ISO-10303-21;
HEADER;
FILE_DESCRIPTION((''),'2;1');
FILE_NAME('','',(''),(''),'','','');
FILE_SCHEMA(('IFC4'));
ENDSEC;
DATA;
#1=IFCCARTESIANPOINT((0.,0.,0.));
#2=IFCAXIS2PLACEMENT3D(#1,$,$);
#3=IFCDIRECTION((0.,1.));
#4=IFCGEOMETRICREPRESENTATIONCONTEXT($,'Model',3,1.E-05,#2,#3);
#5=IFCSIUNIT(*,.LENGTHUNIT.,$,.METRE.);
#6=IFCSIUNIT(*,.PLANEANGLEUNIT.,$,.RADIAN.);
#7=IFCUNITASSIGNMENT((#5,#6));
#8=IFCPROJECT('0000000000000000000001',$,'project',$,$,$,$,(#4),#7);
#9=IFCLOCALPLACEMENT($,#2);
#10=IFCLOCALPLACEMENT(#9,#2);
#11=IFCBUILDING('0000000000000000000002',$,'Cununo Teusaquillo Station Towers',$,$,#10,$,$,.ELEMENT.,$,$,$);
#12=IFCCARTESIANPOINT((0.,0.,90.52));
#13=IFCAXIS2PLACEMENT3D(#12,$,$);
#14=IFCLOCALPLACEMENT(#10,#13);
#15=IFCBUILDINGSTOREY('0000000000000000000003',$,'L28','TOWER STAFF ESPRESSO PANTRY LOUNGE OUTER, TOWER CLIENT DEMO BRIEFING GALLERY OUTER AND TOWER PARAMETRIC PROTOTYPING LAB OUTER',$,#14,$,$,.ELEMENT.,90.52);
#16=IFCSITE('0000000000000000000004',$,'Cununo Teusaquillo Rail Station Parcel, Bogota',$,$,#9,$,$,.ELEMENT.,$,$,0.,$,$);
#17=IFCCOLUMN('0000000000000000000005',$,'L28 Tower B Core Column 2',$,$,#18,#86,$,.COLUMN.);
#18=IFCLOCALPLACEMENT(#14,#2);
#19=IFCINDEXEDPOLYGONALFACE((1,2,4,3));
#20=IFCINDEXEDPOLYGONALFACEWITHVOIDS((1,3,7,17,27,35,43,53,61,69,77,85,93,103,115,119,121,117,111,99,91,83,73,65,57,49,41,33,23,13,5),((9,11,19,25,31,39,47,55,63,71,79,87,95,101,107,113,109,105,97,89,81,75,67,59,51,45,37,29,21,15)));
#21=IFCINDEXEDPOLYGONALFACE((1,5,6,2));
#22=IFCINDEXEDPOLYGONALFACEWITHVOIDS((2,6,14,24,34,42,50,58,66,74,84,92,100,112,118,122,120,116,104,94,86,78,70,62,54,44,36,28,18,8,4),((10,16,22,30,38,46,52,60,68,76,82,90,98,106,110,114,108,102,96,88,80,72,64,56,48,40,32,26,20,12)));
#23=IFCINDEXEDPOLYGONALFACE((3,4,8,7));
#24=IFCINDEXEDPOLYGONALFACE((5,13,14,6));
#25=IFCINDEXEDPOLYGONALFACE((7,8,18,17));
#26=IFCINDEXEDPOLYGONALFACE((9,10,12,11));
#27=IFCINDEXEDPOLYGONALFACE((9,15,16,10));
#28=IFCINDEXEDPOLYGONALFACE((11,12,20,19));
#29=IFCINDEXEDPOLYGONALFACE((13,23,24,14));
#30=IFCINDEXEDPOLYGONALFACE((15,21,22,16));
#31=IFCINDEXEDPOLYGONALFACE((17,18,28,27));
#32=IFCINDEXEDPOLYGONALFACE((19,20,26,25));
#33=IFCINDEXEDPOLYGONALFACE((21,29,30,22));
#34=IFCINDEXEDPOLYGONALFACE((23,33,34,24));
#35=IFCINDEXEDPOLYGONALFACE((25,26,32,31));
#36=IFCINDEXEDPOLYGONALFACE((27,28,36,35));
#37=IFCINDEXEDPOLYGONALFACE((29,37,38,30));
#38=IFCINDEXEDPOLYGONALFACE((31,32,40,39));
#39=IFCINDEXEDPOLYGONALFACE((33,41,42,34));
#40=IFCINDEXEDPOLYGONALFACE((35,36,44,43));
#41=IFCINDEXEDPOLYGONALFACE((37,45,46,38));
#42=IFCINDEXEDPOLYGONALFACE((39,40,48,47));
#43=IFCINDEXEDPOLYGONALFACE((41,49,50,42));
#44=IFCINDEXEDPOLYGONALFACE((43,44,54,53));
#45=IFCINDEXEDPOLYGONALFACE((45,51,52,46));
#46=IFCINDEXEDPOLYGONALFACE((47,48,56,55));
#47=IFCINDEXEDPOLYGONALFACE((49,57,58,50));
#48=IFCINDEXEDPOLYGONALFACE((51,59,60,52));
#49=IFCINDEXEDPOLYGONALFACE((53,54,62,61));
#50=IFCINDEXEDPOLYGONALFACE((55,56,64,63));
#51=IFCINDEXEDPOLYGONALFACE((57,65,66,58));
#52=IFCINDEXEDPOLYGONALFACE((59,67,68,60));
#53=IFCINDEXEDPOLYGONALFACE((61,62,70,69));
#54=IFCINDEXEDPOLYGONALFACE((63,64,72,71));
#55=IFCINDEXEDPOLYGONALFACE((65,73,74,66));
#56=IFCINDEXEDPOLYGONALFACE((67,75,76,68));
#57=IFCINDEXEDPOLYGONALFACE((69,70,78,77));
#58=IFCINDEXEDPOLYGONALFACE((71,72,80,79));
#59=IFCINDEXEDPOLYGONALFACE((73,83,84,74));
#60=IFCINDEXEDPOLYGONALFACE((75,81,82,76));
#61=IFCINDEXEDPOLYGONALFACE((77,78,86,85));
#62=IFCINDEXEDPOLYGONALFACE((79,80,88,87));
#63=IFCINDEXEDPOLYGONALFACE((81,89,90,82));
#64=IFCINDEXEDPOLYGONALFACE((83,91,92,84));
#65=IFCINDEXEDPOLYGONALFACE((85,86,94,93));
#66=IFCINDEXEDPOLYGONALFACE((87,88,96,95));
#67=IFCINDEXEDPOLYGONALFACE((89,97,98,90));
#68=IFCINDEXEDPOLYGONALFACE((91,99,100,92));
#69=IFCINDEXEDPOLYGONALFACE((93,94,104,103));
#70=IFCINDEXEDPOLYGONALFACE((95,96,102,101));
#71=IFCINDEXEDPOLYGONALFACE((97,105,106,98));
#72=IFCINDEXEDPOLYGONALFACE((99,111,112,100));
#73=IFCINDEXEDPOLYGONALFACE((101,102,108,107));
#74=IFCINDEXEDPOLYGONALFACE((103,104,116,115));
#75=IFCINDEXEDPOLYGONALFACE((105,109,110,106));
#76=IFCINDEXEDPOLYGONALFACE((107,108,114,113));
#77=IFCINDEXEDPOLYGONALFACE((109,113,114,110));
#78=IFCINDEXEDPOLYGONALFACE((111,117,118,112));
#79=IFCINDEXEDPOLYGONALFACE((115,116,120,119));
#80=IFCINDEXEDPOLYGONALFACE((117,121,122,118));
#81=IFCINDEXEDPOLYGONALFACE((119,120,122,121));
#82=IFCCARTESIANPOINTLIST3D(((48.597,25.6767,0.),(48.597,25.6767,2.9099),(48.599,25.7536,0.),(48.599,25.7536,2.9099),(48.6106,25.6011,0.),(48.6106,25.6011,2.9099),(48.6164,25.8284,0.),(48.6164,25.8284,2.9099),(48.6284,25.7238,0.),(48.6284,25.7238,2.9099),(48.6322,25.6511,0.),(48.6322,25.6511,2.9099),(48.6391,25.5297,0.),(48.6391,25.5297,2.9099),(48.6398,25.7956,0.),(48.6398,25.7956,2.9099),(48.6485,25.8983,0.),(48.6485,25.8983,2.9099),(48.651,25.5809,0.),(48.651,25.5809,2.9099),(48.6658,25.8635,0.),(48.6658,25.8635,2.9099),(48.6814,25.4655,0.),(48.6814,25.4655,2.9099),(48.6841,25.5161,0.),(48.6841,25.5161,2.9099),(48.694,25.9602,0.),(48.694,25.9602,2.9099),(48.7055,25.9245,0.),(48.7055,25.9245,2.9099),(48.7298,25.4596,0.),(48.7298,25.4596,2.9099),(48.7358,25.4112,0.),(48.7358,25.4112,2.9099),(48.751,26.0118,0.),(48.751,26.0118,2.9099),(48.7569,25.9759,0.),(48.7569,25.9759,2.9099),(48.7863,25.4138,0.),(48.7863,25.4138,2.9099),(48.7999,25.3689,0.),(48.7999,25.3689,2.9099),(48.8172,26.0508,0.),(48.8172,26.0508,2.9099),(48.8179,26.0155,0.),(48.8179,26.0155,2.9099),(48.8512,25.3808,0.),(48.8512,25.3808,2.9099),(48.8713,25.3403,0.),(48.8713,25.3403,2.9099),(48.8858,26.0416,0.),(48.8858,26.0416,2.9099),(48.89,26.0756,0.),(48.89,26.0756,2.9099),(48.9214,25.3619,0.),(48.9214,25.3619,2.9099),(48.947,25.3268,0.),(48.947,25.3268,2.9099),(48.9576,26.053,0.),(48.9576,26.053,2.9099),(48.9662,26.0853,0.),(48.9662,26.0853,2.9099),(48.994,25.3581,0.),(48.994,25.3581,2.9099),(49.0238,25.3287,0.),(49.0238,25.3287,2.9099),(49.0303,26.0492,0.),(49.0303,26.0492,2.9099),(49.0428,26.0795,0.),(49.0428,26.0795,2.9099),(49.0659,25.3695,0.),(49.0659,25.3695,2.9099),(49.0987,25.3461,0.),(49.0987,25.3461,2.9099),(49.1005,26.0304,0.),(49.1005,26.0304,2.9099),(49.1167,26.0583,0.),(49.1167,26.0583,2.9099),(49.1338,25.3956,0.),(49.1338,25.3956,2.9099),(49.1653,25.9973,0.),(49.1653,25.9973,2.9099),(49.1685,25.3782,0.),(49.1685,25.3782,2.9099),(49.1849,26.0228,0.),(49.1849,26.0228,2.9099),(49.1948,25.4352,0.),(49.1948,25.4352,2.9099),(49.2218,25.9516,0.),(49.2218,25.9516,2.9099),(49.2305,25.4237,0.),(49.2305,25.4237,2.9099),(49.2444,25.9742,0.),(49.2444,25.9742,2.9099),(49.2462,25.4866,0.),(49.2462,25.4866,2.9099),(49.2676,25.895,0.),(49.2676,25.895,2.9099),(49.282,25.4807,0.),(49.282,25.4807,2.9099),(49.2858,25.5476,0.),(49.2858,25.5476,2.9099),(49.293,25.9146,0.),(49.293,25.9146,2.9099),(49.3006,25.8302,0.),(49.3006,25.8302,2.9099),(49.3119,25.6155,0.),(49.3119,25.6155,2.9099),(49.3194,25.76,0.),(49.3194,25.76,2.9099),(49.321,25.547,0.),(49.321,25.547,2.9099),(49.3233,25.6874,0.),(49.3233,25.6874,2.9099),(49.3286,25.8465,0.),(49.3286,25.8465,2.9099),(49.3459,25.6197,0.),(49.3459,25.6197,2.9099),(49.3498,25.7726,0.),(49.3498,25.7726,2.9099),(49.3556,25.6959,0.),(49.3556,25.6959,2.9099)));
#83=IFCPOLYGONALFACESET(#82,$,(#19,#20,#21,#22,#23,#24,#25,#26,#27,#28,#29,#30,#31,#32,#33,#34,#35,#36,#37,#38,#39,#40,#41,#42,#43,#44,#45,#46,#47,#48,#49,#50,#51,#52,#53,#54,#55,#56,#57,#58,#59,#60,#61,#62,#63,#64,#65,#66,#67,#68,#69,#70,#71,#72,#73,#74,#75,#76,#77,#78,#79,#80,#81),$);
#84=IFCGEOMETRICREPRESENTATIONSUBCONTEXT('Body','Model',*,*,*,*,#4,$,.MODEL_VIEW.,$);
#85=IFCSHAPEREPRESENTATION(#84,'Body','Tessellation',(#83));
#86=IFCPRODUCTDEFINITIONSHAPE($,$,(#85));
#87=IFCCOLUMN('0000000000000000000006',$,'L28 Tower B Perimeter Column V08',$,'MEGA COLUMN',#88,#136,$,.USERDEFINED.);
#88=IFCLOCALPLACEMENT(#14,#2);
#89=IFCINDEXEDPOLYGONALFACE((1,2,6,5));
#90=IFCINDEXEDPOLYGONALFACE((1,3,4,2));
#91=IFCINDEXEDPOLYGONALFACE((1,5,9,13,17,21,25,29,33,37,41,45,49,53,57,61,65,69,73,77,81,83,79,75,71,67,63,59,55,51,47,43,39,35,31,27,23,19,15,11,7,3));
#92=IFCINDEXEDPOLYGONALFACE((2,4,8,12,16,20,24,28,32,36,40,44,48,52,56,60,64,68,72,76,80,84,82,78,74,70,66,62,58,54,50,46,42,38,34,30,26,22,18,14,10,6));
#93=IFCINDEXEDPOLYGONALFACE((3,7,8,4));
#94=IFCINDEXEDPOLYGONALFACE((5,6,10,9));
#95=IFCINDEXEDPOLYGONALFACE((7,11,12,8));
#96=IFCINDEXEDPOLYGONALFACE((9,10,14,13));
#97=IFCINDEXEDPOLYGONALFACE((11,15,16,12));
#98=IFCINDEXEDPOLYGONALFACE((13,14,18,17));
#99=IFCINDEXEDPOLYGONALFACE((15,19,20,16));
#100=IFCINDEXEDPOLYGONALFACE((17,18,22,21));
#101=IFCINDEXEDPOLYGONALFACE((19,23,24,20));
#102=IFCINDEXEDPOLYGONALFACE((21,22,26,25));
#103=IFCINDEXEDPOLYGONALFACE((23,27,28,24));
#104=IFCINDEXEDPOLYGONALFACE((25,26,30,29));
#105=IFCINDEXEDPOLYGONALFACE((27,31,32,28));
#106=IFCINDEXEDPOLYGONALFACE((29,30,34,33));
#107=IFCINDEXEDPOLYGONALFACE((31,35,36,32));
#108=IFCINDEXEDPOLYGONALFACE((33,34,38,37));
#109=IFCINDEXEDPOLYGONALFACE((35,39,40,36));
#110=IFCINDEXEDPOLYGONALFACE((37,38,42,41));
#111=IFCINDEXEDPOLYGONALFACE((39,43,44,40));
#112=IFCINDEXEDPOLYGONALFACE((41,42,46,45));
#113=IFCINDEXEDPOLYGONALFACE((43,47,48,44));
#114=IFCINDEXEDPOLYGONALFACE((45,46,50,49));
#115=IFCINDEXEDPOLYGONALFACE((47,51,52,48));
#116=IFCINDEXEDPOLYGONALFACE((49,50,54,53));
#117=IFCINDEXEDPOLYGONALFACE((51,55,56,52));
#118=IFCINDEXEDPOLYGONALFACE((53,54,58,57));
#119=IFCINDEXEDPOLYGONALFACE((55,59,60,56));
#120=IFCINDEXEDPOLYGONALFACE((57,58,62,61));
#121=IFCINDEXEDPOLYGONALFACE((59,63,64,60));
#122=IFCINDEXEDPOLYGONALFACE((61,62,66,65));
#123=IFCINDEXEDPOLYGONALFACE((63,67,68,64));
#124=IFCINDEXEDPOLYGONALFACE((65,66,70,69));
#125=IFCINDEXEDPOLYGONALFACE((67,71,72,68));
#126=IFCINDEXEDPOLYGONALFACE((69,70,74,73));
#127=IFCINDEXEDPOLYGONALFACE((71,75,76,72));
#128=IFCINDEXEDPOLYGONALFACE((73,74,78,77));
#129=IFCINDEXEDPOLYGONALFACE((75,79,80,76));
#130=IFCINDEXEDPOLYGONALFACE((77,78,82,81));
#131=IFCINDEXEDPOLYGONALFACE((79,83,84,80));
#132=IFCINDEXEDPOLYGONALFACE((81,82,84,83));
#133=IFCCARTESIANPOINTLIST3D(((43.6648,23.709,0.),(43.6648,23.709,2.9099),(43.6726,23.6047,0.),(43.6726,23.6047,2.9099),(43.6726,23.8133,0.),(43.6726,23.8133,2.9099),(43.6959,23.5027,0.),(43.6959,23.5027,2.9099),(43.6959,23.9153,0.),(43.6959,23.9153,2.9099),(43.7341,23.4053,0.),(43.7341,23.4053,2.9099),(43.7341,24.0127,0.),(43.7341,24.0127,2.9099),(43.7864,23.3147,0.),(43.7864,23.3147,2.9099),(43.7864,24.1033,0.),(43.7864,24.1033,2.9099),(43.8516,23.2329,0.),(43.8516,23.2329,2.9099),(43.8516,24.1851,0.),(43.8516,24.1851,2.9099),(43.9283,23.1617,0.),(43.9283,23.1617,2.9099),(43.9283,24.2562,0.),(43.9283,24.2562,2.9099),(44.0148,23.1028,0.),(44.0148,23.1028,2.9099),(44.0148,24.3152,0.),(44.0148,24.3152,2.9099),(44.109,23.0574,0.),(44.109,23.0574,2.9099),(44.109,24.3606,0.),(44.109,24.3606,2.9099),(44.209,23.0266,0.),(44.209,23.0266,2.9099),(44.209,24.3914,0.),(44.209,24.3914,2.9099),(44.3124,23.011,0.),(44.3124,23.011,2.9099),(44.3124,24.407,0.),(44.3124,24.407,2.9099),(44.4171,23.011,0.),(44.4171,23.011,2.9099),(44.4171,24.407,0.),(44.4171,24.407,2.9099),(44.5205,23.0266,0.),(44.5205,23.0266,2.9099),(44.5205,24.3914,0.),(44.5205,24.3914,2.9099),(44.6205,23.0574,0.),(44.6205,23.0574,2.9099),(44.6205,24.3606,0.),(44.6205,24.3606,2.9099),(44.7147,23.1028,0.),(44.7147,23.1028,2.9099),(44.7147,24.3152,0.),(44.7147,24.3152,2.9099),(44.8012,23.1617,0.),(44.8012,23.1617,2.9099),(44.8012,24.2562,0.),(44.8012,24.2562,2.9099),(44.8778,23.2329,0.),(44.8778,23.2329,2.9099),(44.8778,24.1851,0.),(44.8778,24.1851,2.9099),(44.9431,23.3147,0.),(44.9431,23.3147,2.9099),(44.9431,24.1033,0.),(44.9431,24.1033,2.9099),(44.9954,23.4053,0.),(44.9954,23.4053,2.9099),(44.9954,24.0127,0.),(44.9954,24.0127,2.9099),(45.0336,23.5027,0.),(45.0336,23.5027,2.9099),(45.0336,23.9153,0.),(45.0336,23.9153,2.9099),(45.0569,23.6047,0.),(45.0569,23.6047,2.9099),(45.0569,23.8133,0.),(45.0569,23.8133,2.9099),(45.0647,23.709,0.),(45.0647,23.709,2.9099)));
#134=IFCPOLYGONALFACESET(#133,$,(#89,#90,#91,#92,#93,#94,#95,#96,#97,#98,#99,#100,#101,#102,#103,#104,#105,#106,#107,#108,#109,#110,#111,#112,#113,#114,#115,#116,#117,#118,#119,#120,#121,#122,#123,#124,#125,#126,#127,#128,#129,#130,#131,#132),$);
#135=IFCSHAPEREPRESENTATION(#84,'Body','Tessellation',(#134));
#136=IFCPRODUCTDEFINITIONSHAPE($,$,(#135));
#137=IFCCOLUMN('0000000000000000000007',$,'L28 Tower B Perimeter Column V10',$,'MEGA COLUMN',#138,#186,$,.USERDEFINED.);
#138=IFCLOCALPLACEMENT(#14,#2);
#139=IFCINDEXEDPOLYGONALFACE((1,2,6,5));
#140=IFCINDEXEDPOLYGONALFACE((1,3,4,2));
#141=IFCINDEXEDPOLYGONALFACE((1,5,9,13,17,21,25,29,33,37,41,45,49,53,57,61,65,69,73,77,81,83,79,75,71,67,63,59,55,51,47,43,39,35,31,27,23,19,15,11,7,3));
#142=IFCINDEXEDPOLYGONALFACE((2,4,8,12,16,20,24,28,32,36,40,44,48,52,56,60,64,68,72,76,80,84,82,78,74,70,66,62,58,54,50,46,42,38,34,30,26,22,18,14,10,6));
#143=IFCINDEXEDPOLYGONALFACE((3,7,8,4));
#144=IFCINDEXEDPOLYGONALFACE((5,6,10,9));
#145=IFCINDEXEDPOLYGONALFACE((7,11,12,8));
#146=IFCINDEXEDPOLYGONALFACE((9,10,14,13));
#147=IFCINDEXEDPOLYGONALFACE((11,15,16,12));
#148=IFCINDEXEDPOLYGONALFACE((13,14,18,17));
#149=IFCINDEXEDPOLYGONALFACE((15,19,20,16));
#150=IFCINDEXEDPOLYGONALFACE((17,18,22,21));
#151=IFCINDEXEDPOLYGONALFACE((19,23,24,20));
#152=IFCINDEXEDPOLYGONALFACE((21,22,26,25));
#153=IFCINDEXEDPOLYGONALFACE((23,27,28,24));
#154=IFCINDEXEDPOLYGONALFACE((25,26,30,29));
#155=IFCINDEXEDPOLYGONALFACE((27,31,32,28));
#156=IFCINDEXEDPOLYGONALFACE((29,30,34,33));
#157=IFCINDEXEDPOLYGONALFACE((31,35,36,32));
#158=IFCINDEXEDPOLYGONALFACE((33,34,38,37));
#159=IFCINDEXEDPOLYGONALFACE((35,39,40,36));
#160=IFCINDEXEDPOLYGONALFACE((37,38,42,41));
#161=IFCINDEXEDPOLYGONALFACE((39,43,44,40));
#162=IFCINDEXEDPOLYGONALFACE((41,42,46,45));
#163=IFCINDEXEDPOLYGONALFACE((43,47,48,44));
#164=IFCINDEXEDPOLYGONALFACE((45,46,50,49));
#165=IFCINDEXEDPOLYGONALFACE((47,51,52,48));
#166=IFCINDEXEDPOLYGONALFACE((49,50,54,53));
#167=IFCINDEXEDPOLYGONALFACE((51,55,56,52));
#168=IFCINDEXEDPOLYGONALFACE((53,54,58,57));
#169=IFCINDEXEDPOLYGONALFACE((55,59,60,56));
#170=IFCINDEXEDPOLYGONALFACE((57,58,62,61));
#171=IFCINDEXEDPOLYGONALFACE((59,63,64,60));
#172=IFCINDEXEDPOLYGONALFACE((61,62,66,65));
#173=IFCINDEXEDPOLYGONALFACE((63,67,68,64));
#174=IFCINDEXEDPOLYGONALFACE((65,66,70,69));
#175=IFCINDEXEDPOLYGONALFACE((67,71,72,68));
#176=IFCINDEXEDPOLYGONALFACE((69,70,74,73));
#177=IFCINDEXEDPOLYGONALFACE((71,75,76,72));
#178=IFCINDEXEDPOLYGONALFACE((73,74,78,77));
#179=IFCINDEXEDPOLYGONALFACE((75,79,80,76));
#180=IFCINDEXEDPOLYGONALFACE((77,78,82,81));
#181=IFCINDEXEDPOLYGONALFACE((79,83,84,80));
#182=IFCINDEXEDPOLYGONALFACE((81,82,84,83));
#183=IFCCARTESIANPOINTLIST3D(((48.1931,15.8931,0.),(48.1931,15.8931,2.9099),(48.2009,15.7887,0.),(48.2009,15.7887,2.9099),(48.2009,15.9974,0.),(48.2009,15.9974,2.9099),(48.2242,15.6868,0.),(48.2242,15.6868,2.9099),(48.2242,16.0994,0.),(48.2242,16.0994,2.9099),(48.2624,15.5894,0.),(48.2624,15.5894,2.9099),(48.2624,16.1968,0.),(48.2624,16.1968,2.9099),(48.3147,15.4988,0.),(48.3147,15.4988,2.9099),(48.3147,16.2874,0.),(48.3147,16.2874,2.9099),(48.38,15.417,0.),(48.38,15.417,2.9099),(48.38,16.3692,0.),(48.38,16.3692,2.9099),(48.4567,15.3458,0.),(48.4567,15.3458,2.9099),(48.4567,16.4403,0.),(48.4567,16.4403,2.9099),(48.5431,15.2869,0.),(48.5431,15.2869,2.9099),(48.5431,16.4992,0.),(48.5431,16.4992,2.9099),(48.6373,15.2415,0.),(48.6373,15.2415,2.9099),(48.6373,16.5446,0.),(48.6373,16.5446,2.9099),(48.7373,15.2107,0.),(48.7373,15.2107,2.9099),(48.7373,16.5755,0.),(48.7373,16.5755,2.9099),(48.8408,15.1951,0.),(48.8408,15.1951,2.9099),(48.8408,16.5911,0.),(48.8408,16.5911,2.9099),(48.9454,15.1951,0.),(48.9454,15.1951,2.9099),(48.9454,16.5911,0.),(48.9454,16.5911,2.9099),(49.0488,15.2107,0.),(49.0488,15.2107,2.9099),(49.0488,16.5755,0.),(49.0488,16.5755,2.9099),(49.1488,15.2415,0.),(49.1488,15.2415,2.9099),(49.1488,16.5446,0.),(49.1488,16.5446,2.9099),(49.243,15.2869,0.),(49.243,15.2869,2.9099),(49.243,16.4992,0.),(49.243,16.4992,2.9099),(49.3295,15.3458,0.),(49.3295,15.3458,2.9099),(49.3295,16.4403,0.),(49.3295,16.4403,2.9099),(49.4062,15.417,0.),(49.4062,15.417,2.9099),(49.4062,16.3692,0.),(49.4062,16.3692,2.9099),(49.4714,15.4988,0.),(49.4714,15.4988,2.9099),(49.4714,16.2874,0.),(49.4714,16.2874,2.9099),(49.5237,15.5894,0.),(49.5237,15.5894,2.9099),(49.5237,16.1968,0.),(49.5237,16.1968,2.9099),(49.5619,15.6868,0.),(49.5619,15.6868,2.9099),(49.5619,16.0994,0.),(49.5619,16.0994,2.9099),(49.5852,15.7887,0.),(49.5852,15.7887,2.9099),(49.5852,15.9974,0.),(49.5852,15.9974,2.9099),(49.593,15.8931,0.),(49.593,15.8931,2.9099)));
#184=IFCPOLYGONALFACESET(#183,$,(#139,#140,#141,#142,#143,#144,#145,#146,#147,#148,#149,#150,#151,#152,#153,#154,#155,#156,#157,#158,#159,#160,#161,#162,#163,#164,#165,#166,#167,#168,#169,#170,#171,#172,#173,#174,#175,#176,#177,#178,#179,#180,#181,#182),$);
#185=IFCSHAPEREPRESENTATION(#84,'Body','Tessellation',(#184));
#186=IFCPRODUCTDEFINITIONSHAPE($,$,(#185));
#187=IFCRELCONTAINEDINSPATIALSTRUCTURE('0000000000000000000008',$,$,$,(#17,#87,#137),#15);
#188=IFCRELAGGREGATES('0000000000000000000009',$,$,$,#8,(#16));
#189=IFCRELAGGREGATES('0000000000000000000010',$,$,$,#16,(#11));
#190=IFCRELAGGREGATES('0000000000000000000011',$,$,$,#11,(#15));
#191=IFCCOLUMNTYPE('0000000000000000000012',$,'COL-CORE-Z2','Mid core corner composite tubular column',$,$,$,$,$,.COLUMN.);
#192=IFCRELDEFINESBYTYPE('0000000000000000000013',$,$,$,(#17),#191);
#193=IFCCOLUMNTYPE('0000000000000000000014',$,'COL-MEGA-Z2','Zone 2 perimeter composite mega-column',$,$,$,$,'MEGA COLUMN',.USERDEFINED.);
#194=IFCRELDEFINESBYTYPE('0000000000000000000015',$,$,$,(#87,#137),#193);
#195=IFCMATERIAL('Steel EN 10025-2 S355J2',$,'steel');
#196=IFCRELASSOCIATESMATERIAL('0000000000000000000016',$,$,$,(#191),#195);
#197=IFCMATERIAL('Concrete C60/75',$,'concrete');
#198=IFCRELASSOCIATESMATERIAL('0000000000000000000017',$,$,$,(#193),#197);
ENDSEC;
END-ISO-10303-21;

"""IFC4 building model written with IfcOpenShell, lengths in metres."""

from ifc_helpers import new_model, si_unit, direction, frame, origin, origin_2d, place, context, subcontext, project, spatial, circle, hollow_circle, extrude, material, material_profile, profile_set, type_object, element, save


model = new_model("IFC4")

# Units and contexts
model_context = context("Model", 3, precision=1e-05, world=origin(), true_north=direction((0.0, 1.0)))
body_context = subcontext(model_context, "Body", "Model", "MODEL_VIEW")
ifc_project = project(units=[si_unit("LENGTHUNIT", "METRE"), si_unit("PLANEANGLEUNIT", "RADIAN")], contexts=[model_context])

# Site, building, storey
site_placement = place(None, origin())
site = spatial("IfcSite", under=ifc_project, at=site_placement, Name="Cununo Teusaquillo Rail Station Parcel, Bogota", CompositionType="ELEMENT", RefElevation=0.0)
building_placement = place(site_placement, origin())
building = spatial("IfcBuilding", under=site, at=building_placement, Name="Cununo Teusaquillo Station Towers", CompositionType="ELEMENT")
storey_placement = place(building_placement, frame((0.0, 0.0, 90.52)))
storey = spatial("IfcBuildingStorey", under=building, at=storey_placement, Name="L28", Description="TOWER STAFF ESPRESSO PANTRY LOUNGE OUTER, TOWER CLIENT DEMO BRIEFING GALLERY OUTER AND TOWER PARAMETRIC PROTOTYPING LAB OUTER", CompositionType="ELEMENT", Elevation=90.52)

# Columns
ifc_material_1 = material(Name="Steel EN 10025-2 S355J2", Category="steel")
ifc_material_profile_1 = material_profile(ifc_material_1, hollow_circle(Radius=0.3799, WallThickness=0.032, at=origin_2d()), Name="CHS 760x32")
ifc_profile_set_1 = profile_set([ifc_material_profile_1], Name="Steel EN 10025-2 S355J2")
column_type_1 = type_object("IfcColumnType", Name="COL-CORE-Z2", Description="Mid core corner composite tubular column", PredefinedType="COLUMN", material=ifc_profile_set_1)
column_placement = place(storey_placement, frame((48.9758, 25.7056, 0.0), z_axis=(0.0, 0.0, 1.0), x_axis=(0.707107, 0.707107, 0.0)))
element("IfcColumn", 1, at=column_placement, inside=storey, type_object=column_type_1, Name="L28 Tower B Core Column 2", PredefinedType="COLUMN", context=body_context, shape_type="SweptSolid", body=[
    extrude(hollow_circle(Radius=0.3799, WallThickness=0.032, at=origin_2d()), origin(), (0.0, 0.0, 1.0), 2.9099),
])
ifc_material_2 = material(Name="Concrete C60/75", Category="concrete")
ifc_material_profile_2 = material_profile(ifc_material_2, circle(Radius=0.7, at=origin_2d()), Name="RC-CIRC-1400")
ifc_profile_set_2 = profile_set([ifc_material_profile_2], Name="Concrete C60/75")
column_type_2 = type_object("IfcColumnType", Name="COL-MEGA-Z2", Description="Zone 2 perimeter composite mega-column", ElementType="MEGA COLUMN", PredefinedType="USERDEFINED", material=ifc_profile_set_2)
for number, where, z_axis, x_axis, name in (
    (2, (44.3647, 23.709, 0.0), (0.0, 0.0, 1.0), (1.0, 0.0, 0.0), "L28 Tower B Perimeter Column V08"),
    (3, (48.8931, 15.8931, 0.0), (0.0, 0.0, 1.0), (1.0, 0.0, 0.0), "L28 Tower B Perimeter Column V10"),
):
    element("IfcColumn", number, at=place(storey_placement, frame(where, z_axis=z_axis, x_axis=x_axis)), inside=storey, type_object=column_type_2, Name=name, ObjectType="MEGA COLUMN", PredefinedType="USERDEFINED", context=body_context, shape_type="SweptSolid", body=[
        extrude(circle(Radius=0.7, at=origin_2d()), origin(), (0.0, 0.0, 1.0), 2.9099),
    ])

save(model, "model.ifc")
